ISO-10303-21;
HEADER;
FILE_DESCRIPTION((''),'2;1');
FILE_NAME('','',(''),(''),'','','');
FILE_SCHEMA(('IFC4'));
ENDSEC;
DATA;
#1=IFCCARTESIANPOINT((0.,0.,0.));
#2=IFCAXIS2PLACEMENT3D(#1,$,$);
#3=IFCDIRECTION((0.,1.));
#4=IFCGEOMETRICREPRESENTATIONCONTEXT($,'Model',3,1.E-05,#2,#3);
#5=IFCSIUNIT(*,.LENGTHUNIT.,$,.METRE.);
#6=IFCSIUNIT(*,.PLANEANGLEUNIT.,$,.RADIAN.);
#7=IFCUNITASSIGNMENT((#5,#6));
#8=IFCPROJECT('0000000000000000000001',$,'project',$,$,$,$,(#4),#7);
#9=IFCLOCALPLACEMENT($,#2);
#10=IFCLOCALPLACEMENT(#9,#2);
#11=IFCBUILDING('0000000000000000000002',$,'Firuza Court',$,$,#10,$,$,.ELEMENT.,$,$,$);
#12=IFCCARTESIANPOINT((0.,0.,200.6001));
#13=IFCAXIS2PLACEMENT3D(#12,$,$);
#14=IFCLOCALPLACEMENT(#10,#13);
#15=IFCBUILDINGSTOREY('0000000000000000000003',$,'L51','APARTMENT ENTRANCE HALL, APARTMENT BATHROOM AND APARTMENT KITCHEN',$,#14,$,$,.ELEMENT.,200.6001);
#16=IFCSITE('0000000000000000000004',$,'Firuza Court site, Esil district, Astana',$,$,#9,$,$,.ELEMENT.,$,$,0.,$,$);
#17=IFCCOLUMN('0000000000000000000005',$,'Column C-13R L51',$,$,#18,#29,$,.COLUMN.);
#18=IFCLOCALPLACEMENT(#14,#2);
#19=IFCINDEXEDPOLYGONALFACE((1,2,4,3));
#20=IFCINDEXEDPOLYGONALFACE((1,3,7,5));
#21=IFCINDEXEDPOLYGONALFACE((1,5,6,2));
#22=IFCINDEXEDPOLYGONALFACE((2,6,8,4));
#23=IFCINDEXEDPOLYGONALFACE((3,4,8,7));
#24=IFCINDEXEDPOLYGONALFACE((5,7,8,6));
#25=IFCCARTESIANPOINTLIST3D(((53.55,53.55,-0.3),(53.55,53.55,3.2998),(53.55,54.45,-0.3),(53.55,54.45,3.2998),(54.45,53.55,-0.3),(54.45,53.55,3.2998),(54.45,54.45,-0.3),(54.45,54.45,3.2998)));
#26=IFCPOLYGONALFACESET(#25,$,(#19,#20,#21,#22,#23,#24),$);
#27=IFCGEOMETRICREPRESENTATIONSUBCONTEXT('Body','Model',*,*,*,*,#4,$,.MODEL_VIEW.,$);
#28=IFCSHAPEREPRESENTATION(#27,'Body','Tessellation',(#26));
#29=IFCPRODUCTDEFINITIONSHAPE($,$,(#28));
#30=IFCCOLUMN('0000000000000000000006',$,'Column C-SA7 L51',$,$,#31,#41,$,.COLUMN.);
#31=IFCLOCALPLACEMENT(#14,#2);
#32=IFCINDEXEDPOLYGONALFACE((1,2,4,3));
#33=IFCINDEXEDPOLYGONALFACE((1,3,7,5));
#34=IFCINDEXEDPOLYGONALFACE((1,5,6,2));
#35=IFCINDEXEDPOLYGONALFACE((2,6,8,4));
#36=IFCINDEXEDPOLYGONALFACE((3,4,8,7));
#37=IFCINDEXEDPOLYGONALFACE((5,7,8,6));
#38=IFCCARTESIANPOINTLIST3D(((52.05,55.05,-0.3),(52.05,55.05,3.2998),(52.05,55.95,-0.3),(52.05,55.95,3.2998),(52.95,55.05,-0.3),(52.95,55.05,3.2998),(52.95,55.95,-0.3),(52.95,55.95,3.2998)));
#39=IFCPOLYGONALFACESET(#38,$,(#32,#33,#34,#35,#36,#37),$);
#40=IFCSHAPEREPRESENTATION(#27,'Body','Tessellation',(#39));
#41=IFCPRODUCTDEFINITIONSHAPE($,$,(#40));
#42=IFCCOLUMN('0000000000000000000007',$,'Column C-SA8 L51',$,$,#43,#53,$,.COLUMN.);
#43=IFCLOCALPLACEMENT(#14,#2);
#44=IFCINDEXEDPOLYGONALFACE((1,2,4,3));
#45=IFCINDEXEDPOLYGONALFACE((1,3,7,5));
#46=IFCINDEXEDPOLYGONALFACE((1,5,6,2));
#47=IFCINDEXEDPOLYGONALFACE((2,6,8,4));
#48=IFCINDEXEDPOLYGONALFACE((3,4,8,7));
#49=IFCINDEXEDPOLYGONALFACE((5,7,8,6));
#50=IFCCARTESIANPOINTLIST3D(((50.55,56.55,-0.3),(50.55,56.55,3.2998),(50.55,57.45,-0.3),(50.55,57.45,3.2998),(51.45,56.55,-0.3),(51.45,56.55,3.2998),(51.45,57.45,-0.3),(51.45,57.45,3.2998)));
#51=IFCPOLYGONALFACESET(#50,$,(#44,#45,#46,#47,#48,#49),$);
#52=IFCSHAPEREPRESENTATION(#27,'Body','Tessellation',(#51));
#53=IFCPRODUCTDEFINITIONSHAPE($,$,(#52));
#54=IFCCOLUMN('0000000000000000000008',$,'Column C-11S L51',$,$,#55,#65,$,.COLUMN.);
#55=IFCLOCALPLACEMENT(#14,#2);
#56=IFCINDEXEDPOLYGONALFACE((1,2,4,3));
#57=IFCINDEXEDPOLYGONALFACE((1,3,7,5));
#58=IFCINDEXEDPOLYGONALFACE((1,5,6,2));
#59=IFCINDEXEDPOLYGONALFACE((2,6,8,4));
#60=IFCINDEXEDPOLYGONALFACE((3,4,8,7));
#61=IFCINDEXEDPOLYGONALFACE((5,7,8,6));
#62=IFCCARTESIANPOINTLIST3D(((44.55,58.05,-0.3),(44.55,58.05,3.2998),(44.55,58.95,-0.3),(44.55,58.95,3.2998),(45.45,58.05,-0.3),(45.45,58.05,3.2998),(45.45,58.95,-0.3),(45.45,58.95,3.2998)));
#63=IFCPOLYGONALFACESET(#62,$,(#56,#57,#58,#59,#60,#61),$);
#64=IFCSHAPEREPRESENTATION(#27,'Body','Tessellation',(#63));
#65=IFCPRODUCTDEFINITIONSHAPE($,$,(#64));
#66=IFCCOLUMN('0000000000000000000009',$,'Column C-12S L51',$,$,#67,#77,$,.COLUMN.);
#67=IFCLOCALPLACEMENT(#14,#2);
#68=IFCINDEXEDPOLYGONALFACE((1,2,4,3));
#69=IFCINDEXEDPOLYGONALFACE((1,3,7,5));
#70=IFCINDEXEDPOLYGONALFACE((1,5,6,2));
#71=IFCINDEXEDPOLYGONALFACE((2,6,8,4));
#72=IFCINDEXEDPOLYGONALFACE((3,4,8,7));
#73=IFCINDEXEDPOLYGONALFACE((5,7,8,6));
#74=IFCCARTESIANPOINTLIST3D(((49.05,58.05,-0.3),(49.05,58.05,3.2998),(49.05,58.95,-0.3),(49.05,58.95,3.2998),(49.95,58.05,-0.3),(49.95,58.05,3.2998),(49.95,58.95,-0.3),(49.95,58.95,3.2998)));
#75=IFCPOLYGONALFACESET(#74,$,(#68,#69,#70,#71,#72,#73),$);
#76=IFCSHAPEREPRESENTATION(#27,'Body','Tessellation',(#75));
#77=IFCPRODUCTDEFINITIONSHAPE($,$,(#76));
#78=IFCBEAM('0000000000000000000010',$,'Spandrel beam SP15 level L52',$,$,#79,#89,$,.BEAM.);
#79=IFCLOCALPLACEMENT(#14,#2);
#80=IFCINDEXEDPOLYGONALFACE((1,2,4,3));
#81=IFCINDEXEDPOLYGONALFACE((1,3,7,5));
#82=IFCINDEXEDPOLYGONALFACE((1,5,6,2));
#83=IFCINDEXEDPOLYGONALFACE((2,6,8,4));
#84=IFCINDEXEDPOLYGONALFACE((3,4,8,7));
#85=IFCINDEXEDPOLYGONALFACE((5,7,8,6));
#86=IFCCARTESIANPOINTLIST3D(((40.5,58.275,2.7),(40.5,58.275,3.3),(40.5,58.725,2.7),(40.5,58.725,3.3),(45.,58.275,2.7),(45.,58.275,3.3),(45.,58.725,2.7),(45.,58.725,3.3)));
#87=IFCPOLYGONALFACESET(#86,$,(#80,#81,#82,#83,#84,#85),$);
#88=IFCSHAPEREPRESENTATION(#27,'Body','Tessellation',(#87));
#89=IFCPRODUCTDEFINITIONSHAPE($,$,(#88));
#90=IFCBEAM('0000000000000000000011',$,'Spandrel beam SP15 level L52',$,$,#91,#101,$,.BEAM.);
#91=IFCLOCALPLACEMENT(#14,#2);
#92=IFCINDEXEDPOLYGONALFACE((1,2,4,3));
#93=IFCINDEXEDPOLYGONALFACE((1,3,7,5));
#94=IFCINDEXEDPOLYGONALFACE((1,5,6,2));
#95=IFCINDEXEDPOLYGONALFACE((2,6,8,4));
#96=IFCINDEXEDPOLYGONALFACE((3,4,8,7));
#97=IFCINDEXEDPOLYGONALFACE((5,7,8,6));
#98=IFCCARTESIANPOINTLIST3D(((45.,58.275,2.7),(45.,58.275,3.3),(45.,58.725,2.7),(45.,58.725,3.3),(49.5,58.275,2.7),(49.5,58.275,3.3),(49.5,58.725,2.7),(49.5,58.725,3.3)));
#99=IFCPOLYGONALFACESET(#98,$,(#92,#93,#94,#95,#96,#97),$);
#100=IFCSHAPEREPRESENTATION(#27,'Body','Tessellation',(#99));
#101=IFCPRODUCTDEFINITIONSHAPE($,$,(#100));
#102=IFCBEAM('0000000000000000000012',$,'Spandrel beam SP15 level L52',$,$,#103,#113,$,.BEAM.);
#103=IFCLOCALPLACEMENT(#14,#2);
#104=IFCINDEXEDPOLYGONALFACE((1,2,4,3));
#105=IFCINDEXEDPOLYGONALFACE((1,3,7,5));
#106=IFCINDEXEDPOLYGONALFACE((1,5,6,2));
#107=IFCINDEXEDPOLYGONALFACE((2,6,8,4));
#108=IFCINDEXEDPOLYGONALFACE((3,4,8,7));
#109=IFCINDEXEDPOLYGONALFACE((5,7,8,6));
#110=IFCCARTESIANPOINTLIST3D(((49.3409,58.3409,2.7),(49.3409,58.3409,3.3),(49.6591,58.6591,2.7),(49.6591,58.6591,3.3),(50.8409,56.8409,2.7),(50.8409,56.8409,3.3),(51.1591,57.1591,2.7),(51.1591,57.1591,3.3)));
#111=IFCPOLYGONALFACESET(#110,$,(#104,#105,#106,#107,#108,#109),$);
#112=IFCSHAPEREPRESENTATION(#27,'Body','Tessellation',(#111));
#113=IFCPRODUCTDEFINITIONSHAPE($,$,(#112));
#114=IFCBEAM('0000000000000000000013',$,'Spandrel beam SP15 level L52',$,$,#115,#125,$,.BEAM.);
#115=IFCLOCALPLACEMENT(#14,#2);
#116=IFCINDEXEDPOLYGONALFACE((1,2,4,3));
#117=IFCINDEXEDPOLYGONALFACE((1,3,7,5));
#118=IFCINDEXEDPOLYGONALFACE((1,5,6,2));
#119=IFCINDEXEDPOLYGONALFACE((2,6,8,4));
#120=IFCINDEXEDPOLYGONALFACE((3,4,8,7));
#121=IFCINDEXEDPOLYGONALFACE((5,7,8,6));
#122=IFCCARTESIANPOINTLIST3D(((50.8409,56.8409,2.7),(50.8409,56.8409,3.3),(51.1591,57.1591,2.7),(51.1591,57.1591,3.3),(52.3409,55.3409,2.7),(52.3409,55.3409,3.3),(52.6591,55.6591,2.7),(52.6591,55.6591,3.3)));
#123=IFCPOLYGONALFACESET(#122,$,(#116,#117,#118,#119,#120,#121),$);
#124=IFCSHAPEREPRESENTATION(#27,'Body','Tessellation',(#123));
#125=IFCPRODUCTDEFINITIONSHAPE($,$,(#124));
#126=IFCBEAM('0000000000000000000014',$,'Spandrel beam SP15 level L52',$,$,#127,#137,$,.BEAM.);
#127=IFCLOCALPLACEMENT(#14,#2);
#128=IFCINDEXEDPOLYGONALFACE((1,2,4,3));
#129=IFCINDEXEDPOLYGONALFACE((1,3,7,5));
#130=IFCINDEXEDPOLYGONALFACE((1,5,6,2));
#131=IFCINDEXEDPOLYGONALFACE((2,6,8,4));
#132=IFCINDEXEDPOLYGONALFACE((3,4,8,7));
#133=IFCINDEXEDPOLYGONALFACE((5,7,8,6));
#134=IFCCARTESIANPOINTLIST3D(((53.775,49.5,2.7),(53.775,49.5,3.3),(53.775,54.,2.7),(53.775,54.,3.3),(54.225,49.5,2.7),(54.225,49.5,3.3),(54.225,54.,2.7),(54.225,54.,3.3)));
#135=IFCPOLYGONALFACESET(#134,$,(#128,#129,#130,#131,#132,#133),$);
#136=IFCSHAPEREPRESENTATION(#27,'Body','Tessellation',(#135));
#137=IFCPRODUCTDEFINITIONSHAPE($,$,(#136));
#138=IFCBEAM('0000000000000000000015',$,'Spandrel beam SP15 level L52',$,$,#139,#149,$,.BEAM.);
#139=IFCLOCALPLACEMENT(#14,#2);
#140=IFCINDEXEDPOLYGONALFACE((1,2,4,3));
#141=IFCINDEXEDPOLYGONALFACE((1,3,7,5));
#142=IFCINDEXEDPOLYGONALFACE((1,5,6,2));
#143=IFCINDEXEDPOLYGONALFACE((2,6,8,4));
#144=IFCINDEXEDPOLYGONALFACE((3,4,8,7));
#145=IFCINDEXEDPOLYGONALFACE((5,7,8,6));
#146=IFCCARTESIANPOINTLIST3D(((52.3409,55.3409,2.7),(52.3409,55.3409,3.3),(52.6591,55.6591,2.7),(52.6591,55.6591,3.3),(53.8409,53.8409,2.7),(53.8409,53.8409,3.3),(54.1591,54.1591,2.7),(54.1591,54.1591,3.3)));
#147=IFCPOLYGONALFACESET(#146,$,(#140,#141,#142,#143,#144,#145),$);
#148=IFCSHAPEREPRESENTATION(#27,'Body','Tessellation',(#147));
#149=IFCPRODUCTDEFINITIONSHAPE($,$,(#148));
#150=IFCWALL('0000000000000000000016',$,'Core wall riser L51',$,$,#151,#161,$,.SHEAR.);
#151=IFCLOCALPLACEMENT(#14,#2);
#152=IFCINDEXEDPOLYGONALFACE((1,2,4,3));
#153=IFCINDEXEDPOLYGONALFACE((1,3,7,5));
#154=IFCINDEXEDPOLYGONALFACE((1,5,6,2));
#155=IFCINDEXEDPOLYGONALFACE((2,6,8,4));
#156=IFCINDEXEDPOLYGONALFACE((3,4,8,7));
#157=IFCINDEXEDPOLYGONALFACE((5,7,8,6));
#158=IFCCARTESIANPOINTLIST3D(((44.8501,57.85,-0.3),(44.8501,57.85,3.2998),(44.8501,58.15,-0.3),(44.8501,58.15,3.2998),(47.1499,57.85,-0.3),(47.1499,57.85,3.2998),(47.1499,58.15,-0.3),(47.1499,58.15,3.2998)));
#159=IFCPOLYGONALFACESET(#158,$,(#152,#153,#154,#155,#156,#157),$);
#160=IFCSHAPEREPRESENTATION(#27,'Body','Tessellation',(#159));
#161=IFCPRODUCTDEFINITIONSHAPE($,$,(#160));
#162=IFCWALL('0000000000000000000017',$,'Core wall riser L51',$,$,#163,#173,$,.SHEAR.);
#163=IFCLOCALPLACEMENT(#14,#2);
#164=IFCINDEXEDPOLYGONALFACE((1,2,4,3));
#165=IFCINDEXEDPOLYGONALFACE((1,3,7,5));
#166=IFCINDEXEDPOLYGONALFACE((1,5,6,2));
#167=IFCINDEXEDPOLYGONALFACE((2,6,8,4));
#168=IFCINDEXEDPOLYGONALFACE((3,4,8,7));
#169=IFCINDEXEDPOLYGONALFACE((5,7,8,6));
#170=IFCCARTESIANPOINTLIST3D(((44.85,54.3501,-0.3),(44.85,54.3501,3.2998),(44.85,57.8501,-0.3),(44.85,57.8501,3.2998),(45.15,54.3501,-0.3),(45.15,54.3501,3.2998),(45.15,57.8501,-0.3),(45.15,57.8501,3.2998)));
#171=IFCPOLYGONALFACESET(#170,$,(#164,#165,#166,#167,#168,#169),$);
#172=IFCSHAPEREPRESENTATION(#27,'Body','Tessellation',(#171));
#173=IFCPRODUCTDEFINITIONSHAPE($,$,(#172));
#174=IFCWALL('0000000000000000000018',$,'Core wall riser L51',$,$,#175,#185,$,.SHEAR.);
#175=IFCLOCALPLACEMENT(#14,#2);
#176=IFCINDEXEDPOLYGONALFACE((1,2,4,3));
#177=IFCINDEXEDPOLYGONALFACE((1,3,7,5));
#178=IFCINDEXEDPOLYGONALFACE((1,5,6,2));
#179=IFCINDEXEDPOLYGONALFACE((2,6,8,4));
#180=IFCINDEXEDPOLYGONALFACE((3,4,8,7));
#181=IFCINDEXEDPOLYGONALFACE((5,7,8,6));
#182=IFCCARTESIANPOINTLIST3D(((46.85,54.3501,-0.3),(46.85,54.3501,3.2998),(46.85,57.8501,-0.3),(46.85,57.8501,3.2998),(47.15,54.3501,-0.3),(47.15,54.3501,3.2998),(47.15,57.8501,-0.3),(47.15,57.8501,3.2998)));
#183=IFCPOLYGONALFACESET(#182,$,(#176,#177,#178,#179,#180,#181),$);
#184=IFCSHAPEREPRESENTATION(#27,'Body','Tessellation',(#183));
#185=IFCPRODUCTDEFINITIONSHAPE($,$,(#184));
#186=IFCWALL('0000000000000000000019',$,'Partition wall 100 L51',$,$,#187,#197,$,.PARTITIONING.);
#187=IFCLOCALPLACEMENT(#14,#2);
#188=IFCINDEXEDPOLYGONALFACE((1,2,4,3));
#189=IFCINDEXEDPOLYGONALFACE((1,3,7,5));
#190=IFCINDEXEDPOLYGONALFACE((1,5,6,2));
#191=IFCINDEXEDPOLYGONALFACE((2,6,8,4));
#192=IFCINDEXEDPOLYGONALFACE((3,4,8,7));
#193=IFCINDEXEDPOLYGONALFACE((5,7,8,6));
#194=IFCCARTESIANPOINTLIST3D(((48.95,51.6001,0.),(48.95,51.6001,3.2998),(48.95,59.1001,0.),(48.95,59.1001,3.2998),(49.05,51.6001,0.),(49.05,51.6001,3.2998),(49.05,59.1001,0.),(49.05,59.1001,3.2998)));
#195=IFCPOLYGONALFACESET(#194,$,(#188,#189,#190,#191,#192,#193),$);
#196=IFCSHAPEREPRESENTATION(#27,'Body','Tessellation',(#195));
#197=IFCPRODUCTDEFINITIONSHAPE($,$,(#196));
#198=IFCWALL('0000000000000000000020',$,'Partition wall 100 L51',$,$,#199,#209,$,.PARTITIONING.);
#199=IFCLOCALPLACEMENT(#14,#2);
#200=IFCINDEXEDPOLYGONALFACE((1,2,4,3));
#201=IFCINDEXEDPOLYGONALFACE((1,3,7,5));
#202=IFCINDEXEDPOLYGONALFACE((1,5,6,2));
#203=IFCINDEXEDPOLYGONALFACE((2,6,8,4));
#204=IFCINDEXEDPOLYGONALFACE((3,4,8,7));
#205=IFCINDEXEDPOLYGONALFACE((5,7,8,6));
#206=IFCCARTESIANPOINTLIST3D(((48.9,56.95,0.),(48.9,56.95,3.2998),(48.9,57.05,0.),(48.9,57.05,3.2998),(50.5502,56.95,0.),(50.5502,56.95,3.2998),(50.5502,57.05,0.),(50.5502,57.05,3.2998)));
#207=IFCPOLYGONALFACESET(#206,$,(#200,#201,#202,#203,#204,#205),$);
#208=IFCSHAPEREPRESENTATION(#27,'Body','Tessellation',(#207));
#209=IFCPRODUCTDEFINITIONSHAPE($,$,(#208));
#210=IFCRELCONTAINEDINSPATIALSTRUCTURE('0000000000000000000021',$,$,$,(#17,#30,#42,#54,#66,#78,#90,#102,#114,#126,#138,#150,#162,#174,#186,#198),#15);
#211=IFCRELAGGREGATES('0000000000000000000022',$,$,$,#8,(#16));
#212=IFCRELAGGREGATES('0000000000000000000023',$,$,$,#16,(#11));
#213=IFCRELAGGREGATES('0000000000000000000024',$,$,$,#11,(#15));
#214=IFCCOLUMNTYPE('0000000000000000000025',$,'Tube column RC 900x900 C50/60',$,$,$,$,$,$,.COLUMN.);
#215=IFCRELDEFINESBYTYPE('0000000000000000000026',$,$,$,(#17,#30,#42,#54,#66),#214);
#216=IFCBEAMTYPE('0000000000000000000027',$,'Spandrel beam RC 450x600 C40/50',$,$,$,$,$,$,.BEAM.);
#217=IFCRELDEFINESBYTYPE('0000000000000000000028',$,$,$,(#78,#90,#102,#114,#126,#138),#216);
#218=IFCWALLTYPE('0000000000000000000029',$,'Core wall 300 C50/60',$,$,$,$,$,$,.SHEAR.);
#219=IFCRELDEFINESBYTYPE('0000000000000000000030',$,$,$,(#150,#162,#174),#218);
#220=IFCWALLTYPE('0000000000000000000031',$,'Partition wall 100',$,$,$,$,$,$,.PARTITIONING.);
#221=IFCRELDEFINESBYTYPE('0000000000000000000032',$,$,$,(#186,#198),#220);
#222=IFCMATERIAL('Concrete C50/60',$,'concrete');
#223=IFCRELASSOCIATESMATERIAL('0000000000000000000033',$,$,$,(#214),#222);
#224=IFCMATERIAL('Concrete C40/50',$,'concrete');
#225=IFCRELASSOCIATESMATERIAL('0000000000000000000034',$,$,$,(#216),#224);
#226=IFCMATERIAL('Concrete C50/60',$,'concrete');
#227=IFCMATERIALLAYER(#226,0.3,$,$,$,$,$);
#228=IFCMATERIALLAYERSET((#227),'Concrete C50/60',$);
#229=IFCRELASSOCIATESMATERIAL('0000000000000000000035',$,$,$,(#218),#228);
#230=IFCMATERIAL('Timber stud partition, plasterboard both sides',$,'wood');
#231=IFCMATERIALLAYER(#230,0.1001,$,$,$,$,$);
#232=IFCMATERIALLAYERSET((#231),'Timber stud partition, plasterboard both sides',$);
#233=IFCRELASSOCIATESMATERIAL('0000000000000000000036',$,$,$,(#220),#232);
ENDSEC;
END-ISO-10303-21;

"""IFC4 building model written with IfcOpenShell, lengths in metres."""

from ifc_helpers import new_model, si_unit, direction, frame, frame_2d, origin, origin_2d, place, context, subcontext, project, spatial, rectangle, extrude, material, layer, layer_set, material_profile, profile_set, type_object, element, save


model = new_model("IFC4")

# Units and contexts
model_context = context("Model", 3, precision=1e-05, world=origin(), true_north=direction((0.0, 1.0)))
body_context = subcontext(model_context, "Body", "Model", "MODEL_VIEW")
ifc_project = project(units=[si_unit("LENGTHUNIT", "METRE"), si_unit("PLANEANGLEUNIT", "RADIAN")], contexts=[model_context])

# Site, building, storey
site_placement = place(None, origin())
site = spatial("IfcSite", under=ifc_project, at=site_placement, Name="Firuza Court site, Esil district, Astana", CompositionType="ELEMENT", RefElevation=0.0)
building_placement = place(site_placement, origin())
building = spatial("IfcBuilding", under=site, at=building_placement, Name="Firuza Court", CompositionType="ELEMENT")
storey_placement = place(building_placement, frame((0.0, 0.0, 200.6001)))
storey = spatial("IfcBuildingStorey", under=building, at=storey_placement, Name="L51", Description="APARTMENT ENTRANCE HALL, APARTMENT BATHROOM AND APARTMENT KITCHEN", CompositionType="ELEMENT", Elevation=200.6001)

# Columns
ifc_material_1 = material(Name="Concrete C50/60", Category="concrete")
ifc_material_profile_1 = material_profile(ifc_material_1, rectangle(XDim=0.8999, YDim=0.8999, at=origin_2d()), Name="RC 900x900")
ifc_profile_set_1 = profile_set([ifc_material_profile_1], Name="Concrete C50/60")
column_type = type_object("IfcColumnType", Name="Tube column RC 900x900 C50/60", PredefinedType="COLUMN", material=ifc_profile_set_1)
for number, where, z_axis, x_axis, name in (
    (1, (54.0, 54.0, -0.3), (0.0, 0.0, 1.0), (1.0, 0.0, 0.0), "Column C-13R L51"),
    (2, (52.5, 55.5, -0.3), (0.0, 0.0, 1.0), (1.0, 0.0, 0.0), "Column C-SA7 L51"),
    (3, (51.0, 57.0, -0.3), (0.0, 0.0, 1.0), (1.0, 0.0, 0.0), "Column C-SA8 L51"),
    (4, (45.0, 58.5, -0.3), (0.0, 0.0, 1.0), (1.0, 0.0, 0.0), "Column C-11S L51"),
    (5, (49.5, 58.5, -0.3), (0.0, 0.0, 1.0), (1.0, 0.0, 0.0), "Column C-12S L51"),
):
    element("IfcColumn", number, at=place(storey_placement, frame(where, z_axis=z_axis, x_axis=x_axis)), inside=storey, type_object=column_type, Name=name, PredefinedType="COLUMN", context=body_context, shape_type="SweptSolid", body=[
        extrude(rectangle(XDim=0.8999, YDim=0.8999, at=origin_2d()), origin(), (0.0, 0.0, 1.0), 3.5999),
    ])

# Beams
ifc_material_2 = material(Name="Concrete C40/50", Category="concrete")
ifc_material_profile_2 = material_profile(ifc_material_2, rectangle(XDim=0.45, YDim=0.6001, at=origin_2d()), Name="RC 450x600")
ifc_profile_set_2 = profile_set([ifc_material_profile_2], Name="Concrete C40/50")
beam_type = type_object("IfcBeamType", Name="Spandrel beam RC 450x600 C40/50", PredefinedType="BEAM", material=ifc_profile_set_2)
for number, where, z_axis, x_axis, name in (
    (6, (45.0, 58.5, 3.0), (-1.0, 0.0, 0.0), (0.0, -1.0, 0.0), "Spandrel beam SP15 level L52"),
    (7, (49.5, 58.5, 3.0), (-1.0, 0.0, 0.0), (0.0, -1.0, 0.0), "Spandrel beam SP15 level L52"),
):
    element("IfcBeam", number, at=place(storey_placement, frame(where, z_axis=z_axis, x_axis=x_axis)), inside=storey, type_object=beam_type, Name=name, PredefinedType="BEAM", context=body_context, shape_type="SweptSolid", body=[
        extrude(rectangle(XDim=0.45, YDim=0.6001, at=origin_2d()), origin(), (0.0, 0.0, 1.0), 4.5),
    ])
for number, where, z_axis, x_axis, name in (
    (8, (51.0, 57.0, 3.0), (-0.707107, 0.707107, 0.0), (-0.707107, -0.707107, 0.0), "Spandrel beam SP15 level L52"),
    (9, (52.5, 55.5, 3.0), (-0.707107, 0.707107, 0.0), (-0.707107, -0.707107, 0.0), "Spandrel beam SP15 level L52"),
):
    element("IfcBeam", number, at=place(storey_placement, frame(where, z_axis=z_axis, x_axis=x_axis)), inside=storey, type_object=beam_type, Name=name, PredefinedType="BEAM", context=body_context, shape_type="SweptSolid", body=[
        extrude(rectangle(XDim=0.45, YDim=0.6001, at=origin_2d()), origin(), (0.0, 0.0, 1.0), 2.1213),
    ])
beam_1_placement = place(storey_placement, frame((54.0, 49.5, 3.0), z_axis=(0.0, 1.0, 0.0), x_axis=(-1.0, 0.0, 0.0)))
element("IfcBeam", 10, at=beam_1_placement, inside=storey, type_object=beam_type, Name="Spandrel beam SP15 level L52", PredefinedType="BEAM", context=body_context, shape_type="SweptSolid", body=[
    extrude(rectangle(XDim=0.45, YDim=0.6001, at=origin_2d()), origin(), (0.0, 0.0, 1.0), 4.5),
])
beam_2_placement = place(storey_placement, frame((54.0, 54.0, 3.0), z_axis=(-0.707107, 0.707107, 0.0), x_axis=(-0.707107, -0.707107, 0.0)))
element("IfcBeam", 11, at=beam_2_placement, inside=storey, type_object=beam_type, Name="Spandrel beam SP15 level L52", PredefinedType="BEAM", context=body_context, shape_type="SweptSolid", body=[
    extrude(rectangle(XDim=0.45, YDim=0.6001, at=origin_2d()), origin(), (0.0, 0.0, 1.0), 2.1213),
])

# Walls
ifc_material_3 = material(Name="Concrete C50/60", Category="concrete")
ifc_layer_1 = layer(ifc_material_3, 0.3)
ifc_layer_set_1 = layer_set([ifc_layer_1], Name="Concrete C50/60")
wall_type_1 = type_object("IfcWallType", Name="Core wall 300 C50/60", PredefinedType="SHEAR", material=ifc_layer_set_1)
wall_1_placement = place(storey_placement, frame((44.8501, 58.0, -0.3), z_axis=(0.0, 0.0, 1.0), x_axis=(1.0, 0.0, 0.0)))
element("IfcWall", 12, at=wall_1_placement, inside=storey, type_object=wall_type_1, Name="Core wall riser L51", PredefinedType="SHEAR", context=body_context, shape_type="SweptSolid", body=[
    extrude(rectangle(XDim=2.2998, YDim=0.3, at=frame_2d((1.1499, 0.0))), origin(), (0.0, 0.0, 1.0), 3.5999),
])
for number, where, z_axis, x_axis, name in (
    (13, (45.0, 54.3501, -0.3), (0.0, 0.0, 1.0), (0.0, 1.0, 0.0), "Core wall riser L51"),
    (14, (47.0, 54.3501, -0.3), (0.0, 0.0, 1.0), (0.0, 1.0, 0.0), "Core wall riser L51"),
):
    element("IfcWall", number, at=place(storey_placement, frame(where, z_axis=z_axis, x_axis=x_axis)), inside=storey, type_object=wall_type_1, Name=name, PredefinedType="SHEAR", context=body_context, shape_type="SweptSolid", body=[
        extrude(rectangle(XDim=3.5, YDim=0.3, at=frame_2d((1.75, 0.0))), origin(), (0.0, 0.0, 1.0), 3.5999),
    ])
ifc_material_4 = material(Name="Timber stud partition, plasterboard both sides", Category="wood")
ifc_layer_2 = layer(ifc_material_4, 0.1001)
ifc_layer_set_2 = layer_set([ifc_layer_2], Name="Timber stud partition, plasterboard both sides")
wall_type_2 = type_object("IfcWallType", Name="Partition wall 100", PredefinedType="PARTITIONING", material=ifc_layer_set_2)
wall_2_placement = place(storey_placement, frame((49.0, 51.6001, 0.0), z_axis=(0.0, 0.0, 1.0), x_axis=(0.0, 1.0, 0.0)))
element("IfcWall", 15, at=wall_2_placement, inside=storey, type_object=wall_type_2, Name="Partition wall 100 L51", PredefinedType="PARTITIONING", context=body_context, shape_type="SweptSolid", body=[
    extrude(rectangle(XDim=7.5, YDim=0.1001, at=frame_2d((3.75, 0.0))), origin(), (0.0, 0.0, 1.0), 3.2998),
])
wall_3_placement = place(storey_placement, frame((48.8999, 57.0, 0.0), z_axis=(0.0, 0.0, 1.0), x_axis=(1.0, 0.0, 0.0)))
element("IfcWall", 16, at=wall_3_placement, inside=storey, type_object=wall_type_2, Name="Partition wall 100 L51", PredefinedType="PARTITIONING", context=body_context, shape_type="SweptSolid", body=[
    extrude(rectangle(XDim=1.6501, YDim=0.1001, at=frame_2d((0.8252, 0.0))), origin(), (0.0, 0.0, 1.0), 3.2998),
])

save(model, "model.ifc")
